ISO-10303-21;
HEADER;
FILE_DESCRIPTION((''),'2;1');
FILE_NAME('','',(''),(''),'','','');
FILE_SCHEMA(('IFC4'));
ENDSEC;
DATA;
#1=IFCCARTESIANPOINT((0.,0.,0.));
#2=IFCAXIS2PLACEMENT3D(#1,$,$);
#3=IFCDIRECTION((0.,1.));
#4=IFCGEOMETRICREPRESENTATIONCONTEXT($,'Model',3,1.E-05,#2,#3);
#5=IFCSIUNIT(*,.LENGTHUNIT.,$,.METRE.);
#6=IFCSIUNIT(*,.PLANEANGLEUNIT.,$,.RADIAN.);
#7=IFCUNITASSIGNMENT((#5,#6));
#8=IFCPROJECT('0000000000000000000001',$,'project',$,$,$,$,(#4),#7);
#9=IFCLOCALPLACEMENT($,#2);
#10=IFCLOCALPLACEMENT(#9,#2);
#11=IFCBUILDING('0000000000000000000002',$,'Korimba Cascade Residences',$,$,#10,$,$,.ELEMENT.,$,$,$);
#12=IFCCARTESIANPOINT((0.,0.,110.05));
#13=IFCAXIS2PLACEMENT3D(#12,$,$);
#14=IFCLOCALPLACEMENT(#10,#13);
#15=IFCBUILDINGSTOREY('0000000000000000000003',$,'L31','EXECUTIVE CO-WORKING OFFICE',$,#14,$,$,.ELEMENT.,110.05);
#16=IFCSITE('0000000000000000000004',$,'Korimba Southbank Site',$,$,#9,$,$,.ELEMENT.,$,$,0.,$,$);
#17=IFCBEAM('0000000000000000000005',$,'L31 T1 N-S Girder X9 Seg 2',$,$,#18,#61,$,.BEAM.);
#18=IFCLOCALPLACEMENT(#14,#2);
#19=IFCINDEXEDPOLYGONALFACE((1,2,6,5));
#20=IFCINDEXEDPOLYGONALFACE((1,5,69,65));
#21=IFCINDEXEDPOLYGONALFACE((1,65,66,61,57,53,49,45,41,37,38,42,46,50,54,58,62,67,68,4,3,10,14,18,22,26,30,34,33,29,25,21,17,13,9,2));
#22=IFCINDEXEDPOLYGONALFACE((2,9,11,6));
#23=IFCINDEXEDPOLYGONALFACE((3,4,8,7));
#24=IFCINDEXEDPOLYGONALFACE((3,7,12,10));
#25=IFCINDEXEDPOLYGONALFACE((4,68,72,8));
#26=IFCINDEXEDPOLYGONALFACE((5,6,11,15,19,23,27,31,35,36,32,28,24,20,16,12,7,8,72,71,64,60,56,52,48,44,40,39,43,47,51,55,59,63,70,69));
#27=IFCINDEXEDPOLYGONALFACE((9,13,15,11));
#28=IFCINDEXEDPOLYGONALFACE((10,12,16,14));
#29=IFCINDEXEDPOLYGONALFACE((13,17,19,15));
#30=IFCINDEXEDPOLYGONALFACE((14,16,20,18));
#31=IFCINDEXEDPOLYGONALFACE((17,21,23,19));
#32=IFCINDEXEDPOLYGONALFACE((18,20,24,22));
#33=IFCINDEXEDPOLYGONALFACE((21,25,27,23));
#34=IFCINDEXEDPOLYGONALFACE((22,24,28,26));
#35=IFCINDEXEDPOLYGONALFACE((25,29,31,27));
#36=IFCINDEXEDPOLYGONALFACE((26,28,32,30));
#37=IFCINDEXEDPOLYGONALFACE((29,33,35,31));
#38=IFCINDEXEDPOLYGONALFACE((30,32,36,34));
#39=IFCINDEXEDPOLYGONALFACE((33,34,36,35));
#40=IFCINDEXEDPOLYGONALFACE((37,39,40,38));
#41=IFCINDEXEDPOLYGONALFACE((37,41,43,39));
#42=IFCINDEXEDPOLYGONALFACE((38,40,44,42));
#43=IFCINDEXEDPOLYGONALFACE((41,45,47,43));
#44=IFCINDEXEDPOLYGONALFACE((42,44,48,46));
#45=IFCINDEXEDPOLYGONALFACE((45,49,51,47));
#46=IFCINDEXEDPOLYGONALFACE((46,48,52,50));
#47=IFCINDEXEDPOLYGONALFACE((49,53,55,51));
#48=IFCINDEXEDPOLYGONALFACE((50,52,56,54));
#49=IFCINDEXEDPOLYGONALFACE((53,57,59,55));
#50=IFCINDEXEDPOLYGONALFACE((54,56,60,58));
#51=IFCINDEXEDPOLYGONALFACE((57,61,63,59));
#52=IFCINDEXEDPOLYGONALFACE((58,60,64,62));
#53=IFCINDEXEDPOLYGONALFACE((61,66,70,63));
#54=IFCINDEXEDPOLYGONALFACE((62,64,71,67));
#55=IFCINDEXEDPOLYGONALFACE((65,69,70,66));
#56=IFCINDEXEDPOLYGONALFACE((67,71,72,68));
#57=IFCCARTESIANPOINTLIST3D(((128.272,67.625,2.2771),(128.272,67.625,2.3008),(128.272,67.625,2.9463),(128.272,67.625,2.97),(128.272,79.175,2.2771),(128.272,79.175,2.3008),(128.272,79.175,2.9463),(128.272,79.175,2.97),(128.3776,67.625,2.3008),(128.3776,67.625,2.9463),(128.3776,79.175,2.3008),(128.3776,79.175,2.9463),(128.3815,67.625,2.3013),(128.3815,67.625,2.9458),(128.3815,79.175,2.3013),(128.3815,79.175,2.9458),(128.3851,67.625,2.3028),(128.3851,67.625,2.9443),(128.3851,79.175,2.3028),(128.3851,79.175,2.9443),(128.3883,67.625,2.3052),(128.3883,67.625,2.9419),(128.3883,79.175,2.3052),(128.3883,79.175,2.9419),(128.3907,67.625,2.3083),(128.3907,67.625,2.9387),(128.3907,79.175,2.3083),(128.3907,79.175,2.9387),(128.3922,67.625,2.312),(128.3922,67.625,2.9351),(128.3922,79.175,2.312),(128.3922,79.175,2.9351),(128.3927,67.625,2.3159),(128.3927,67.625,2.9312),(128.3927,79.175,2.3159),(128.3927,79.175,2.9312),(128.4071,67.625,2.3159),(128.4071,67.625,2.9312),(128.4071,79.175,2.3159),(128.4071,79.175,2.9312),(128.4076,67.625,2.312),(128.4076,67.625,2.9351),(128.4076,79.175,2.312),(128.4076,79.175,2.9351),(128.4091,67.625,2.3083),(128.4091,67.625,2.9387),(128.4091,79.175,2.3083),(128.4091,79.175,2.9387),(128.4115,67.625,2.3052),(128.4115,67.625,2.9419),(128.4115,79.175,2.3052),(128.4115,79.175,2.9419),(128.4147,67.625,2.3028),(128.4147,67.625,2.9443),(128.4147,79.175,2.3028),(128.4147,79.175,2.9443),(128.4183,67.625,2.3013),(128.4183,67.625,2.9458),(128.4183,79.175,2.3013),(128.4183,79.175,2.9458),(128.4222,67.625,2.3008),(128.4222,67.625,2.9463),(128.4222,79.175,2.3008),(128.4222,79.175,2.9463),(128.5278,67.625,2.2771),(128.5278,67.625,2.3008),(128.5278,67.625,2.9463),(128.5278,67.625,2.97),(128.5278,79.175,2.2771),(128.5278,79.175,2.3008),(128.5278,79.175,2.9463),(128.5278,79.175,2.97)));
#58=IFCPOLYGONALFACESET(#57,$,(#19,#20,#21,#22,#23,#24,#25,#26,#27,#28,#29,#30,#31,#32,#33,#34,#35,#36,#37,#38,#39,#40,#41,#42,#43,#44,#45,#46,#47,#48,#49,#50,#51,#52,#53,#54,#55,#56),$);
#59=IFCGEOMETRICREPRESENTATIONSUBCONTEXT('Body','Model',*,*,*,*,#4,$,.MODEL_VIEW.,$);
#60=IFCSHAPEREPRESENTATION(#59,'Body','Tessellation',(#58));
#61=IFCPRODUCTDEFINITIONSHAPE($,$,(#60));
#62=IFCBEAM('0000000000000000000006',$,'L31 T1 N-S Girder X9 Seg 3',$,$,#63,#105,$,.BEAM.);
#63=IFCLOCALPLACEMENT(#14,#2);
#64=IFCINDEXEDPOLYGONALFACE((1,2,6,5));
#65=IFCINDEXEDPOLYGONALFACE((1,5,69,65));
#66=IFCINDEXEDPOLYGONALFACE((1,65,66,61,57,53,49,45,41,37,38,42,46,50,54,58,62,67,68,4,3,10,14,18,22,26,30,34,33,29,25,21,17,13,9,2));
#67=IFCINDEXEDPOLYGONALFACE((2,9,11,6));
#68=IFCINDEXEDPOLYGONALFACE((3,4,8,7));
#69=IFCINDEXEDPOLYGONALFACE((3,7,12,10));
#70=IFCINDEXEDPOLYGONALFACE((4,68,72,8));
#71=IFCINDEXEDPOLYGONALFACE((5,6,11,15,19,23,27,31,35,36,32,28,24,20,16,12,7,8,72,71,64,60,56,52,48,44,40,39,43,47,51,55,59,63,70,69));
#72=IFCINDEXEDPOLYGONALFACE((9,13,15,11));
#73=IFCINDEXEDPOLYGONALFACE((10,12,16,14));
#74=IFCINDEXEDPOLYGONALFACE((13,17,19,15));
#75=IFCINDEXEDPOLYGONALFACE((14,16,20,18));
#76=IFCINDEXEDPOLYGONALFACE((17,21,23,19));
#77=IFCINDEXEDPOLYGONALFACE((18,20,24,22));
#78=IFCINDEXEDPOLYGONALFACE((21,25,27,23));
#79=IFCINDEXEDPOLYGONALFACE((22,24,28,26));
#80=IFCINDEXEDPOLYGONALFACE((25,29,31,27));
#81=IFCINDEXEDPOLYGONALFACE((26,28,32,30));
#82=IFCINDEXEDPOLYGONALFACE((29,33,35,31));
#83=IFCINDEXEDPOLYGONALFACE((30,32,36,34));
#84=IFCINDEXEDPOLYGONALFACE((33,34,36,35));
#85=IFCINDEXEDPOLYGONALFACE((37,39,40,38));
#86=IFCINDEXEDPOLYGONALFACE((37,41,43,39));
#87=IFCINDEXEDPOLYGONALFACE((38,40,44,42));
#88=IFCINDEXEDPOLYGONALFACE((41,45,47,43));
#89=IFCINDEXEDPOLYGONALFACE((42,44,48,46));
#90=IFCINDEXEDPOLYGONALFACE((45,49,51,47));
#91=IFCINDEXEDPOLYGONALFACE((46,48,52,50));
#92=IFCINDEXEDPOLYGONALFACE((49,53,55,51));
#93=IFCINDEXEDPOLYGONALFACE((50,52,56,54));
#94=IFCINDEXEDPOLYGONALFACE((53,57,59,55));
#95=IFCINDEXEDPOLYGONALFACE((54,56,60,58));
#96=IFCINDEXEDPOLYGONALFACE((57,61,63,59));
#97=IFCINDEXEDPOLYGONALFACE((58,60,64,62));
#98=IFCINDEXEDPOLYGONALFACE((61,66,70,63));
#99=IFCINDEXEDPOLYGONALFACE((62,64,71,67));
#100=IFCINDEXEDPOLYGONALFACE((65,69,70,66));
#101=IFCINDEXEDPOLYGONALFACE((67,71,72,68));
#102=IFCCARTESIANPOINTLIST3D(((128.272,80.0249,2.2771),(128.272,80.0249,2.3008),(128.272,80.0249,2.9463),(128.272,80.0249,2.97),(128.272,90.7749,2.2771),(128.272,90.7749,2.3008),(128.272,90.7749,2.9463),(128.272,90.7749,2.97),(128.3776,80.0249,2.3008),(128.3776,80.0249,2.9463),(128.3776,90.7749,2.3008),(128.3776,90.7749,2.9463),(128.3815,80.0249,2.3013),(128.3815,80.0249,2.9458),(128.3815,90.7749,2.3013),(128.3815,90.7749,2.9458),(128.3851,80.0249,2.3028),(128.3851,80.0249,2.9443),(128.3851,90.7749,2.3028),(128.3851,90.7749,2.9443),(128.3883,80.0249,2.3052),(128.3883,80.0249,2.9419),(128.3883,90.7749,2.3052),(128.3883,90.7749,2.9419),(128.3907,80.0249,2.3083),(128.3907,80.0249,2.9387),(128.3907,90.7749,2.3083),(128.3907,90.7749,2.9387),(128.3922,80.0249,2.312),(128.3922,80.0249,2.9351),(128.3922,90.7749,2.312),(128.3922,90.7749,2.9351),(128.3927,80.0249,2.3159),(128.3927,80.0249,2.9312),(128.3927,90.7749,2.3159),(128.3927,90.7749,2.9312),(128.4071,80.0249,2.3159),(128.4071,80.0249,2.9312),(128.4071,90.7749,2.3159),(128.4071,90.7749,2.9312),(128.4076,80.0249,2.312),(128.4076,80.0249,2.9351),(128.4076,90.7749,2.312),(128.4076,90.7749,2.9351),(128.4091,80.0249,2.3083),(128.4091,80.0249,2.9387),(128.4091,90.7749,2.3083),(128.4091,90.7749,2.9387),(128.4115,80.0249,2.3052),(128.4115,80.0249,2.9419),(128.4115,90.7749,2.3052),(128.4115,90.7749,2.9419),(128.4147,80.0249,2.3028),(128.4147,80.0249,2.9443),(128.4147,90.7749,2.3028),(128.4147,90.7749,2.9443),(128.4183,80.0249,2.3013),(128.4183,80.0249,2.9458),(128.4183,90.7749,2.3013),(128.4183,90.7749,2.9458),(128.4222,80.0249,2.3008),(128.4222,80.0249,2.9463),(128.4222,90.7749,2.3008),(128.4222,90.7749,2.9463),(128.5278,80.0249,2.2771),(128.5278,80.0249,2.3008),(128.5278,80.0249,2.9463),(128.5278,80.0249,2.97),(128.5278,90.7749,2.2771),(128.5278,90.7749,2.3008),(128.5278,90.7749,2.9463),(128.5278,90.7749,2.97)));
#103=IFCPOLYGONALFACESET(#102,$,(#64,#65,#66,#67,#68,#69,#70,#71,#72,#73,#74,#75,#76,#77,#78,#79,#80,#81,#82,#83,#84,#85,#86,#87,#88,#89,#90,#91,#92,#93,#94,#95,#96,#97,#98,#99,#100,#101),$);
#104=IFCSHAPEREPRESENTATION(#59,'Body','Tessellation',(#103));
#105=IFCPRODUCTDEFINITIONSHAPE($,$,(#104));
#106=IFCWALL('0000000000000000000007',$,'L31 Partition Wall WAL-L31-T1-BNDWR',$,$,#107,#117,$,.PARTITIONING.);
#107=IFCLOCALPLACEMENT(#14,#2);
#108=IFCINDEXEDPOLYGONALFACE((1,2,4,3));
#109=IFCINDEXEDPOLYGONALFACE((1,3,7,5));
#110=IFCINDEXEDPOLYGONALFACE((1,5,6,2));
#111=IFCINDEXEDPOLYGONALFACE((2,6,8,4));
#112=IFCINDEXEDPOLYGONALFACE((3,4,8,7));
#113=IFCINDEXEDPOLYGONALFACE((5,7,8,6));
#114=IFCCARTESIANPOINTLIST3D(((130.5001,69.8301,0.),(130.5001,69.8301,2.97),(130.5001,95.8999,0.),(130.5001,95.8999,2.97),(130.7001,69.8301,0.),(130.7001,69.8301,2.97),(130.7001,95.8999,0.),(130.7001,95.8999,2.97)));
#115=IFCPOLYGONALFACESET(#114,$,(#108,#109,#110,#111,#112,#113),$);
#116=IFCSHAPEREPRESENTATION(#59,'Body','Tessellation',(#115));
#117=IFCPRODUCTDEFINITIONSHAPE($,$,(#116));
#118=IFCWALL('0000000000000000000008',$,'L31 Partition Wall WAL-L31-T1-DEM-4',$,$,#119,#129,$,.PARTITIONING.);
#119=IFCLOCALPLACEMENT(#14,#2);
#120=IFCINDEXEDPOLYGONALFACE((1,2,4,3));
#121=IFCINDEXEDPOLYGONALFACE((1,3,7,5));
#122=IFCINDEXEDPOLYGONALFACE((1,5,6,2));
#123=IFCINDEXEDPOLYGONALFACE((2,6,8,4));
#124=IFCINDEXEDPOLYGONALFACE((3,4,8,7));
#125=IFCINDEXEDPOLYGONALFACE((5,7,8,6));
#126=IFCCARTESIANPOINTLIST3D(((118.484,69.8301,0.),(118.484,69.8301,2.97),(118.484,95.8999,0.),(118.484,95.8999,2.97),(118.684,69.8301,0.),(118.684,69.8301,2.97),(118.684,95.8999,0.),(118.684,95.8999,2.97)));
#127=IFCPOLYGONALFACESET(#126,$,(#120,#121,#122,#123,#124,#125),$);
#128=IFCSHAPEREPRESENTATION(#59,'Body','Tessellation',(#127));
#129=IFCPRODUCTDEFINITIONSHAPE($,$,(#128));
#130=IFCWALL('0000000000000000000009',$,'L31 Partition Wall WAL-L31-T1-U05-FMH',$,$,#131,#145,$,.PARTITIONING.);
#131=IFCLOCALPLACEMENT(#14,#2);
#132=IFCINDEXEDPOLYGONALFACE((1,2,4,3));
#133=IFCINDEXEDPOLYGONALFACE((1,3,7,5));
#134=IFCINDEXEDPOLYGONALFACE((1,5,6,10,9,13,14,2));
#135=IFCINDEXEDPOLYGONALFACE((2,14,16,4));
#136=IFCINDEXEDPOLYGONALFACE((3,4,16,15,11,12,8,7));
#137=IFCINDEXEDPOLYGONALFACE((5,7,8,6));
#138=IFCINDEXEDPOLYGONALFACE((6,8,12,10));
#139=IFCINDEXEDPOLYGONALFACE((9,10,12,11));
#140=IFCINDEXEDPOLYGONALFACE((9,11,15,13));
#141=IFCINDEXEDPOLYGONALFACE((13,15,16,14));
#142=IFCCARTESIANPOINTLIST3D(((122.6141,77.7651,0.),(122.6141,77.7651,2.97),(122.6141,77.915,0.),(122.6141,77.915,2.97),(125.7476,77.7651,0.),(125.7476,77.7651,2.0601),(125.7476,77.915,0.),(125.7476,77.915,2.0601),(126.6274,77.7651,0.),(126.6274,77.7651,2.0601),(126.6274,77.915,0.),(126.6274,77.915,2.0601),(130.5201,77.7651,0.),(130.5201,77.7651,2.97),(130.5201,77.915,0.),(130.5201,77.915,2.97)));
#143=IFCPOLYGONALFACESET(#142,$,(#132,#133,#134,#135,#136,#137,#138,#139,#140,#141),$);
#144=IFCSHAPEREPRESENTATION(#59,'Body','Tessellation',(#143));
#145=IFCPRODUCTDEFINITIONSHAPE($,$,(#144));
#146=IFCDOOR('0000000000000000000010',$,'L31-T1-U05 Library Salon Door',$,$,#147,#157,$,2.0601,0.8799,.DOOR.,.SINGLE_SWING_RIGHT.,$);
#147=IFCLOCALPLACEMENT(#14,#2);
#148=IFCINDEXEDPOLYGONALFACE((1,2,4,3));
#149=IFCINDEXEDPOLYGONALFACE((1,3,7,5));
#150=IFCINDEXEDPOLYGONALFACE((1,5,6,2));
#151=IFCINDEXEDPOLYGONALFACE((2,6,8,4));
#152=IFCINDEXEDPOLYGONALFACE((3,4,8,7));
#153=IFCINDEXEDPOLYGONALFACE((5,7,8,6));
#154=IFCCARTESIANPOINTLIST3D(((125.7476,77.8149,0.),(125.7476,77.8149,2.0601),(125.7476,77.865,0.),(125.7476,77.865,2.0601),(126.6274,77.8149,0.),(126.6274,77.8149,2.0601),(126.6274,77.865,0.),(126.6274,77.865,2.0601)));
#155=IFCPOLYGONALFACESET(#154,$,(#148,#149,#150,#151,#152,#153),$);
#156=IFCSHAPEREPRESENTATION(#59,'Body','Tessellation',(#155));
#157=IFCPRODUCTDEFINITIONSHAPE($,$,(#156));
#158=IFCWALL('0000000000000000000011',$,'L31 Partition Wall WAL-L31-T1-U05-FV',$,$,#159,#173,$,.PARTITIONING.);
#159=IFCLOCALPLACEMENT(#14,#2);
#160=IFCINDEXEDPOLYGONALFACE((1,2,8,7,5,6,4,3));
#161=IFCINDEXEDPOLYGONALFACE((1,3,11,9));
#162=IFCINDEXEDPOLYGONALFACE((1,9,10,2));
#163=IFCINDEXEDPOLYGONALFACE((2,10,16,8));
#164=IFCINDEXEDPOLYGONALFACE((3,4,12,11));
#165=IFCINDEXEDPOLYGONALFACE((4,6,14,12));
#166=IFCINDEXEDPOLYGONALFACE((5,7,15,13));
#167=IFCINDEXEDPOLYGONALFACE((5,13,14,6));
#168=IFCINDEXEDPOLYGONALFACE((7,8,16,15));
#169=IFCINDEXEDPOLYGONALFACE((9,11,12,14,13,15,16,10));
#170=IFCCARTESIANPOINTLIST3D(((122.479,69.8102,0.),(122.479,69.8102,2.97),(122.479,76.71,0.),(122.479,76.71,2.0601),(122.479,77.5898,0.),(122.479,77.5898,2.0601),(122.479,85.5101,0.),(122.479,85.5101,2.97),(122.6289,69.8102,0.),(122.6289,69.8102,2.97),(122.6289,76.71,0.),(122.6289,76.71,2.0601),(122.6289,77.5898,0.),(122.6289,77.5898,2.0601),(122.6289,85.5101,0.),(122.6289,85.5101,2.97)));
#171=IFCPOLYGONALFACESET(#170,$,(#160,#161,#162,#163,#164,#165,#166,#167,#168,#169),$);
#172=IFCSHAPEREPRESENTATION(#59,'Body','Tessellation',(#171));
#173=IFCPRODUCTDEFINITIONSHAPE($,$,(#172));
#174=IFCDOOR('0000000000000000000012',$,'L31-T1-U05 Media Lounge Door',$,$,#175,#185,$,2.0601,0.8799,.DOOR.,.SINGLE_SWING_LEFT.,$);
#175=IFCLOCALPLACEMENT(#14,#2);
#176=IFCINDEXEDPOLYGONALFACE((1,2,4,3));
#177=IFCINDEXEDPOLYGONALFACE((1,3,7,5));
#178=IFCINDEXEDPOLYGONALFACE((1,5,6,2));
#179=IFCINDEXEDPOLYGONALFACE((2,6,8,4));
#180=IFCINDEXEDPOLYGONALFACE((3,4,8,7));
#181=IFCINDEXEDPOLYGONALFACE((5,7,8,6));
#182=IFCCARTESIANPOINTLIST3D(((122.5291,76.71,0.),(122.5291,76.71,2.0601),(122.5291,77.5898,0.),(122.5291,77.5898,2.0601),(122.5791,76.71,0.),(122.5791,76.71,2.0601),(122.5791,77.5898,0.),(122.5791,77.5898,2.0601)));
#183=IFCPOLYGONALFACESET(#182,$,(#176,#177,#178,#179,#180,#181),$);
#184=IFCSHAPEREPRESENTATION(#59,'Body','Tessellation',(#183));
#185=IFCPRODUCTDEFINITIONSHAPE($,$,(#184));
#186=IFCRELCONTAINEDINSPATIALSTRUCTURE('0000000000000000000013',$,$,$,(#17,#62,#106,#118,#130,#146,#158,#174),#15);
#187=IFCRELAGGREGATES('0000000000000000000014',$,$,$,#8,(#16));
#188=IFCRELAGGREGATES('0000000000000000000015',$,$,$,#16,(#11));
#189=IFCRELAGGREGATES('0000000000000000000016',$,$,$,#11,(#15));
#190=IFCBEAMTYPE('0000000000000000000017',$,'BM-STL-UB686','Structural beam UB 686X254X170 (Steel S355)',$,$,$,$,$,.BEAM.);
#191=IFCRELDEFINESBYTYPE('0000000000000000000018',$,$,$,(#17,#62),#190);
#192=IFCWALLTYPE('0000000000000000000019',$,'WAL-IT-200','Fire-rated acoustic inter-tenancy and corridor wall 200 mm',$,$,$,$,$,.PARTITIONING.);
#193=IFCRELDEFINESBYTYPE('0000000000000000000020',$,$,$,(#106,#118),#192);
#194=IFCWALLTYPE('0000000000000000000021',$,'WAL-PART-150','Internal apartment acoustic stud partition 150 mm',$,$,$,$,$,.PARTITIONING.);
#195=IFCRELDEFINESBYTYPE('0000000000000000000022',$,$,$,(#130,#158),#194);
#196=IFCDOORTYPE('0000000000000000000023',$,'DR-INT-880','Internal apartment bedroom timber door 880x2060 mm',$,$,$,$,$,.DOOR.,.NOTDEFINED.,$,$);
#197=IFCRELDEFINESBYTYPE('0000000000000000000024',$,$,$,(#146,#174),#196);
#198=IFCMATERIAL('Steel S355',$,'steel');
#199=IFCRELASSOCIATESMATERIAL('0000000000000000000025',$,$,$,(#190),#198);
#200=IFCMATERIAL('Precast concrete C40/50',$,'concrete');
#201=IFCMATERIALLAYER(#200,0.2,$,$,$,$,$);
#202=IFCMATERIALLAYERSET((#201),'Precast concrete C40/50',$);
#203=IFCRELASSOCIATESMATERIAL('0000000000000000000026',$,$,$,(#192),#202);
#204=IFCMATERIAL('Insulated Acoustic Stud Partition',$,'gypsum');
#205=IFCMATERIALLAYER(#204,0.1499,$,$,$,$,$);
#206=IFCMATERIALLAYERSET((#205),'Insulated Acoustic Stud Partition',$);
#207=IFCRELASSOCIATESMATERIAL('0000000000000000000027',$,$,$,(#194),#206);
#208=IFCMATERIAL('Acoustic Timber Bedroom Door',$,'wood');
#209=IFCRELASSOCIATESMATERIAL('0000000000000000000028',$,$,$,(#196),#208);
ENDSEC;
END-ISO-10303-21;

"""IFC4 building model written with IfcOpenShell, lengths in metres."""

from ifc_helpers import new_model, si_unit, direction, frame, frame_2d, origin, origin_2d, place, context, subcontext, project, spatial, rectangle, i_section, extrude, material, layer, layer_set, material_profile, profile_set, type_object, element, fill, save


model = new_model("IFC4")

# Units and contexts
model_context = context("Model", 3, precision=1e-05, world=origin(), true_north=direction((0.0, 1.0)))
body_context = subcontext(model_context, "Body", "Model", "MODEL_VIEW")
ifc_project = project(units=[si_unit("LENGTHUNIT", "METRE"), si_unit("PLANEANGLEUNIT", "RADIAN")], contexts=[model_context])

# Site, building, storey
site_placement = place(None, origin())
site = spatial("IfcSite", under=ifc_project, at=site_placement, Name="Korimba Southbank Site", CompositionType="ELEMENT", RefElevation=0.0)
building_placement = place(site_placement, origin())
building = spatial("IfcBuilding", under=site, at=building_placement, Name="Korimba Cascade Residences", CompositionType="ELEMENT")
storey_placement = place(building_placement, frame((0.0, 0.0, 110.05)))
storey = spatial("IfcBuildingStorey", under=building, at=storey_placement, Name="L31", Description="EXECUTIVE CO-WORKING OFFICE", CompositionType="ELEMENT", Elevation=110.05)

# Beams
ifc_material_1 = material(Name="Steel S355", Category="steel")
ifc_material_profile_1 = material_profile(ifc_material_1, i_section(OverallWidth=0.2559, OverallDepth=0.6929, WebThickness=0.0144, FlangeThickness=0.0237, FilletRadius=0.0151, at=origin_2d()), Name="Steel S355")
ifc_profile_set_1 = profile_set([ifc_material_profile_1], Name="Steel S355")
beam_type_1 = type_object("IfcBeamType", Name="BM-STL-UB686", Description="Structural beam UB 686X254X170 (Steel S355)", PredefinedType="BEAM", material=ifc_profile_set_1)
beam_1_placement = place(storey_placement, frame((128.3999, 67.625, 2.6235), z_axis=(0.0, 1.0, 0.0), x_axis=(-1.0, 0.0, 0.0)))
element("IfcBeam", 1, at=beam_1_placement, inside=storey, type_object=beam_type_1, Name="L31 T1 N-S Girder X9 Seg 2", PredefinedType="BEAM", context=body_context, shape_type="SweptSolid", body=[
    extrude(i_section(OverallWidth=0.2559, OverallDepth=0.6929, WebThickness=0.0144, FlangeThickness=0.0237, FilletRadius=0.0151, at=origin_2d()), origin(), (0.0, 0.0, 1.0), 11.55),
])
beam_2_placement = place(storey_placement, frame((128.3999, 80.0249, 2.6235), z_axis=(0.0, 1.0, 0.0), x_axis=(-1.0, 0.0, 0.0)))
element("IfcBeam", 2, at=beam_2_placement, inside=storey, type_object=beam_type_1, Name="L31 T1 N-S Girder X9 Seg 3", PredefinedType="BEAM", context=body_context, shape_type="SweptSolid", body=[
    extrude(i_section(OverallWidth=0.2559, OverallDepth=0.6929, WebThickness=0.0144, FlangeThickness=0.0237, FilletRadius=0.0151, at=origin_2d()), origin(), (0.0, 0.0, 1.0), 10.75),
])

# Walls
ifc_material_2 = material(Name="Precast concrete C40/50", Category="concrete")
ifc_layer_1 = layer(ifc_material_2, 0.2)
ifc_layer_set_1 = layer_set([ifc_layer_1], Name="Precast concrete C40/50")
wall_type_1 = type_object("IfcWallType", Name="WAL-IT-200", Description="Fire-rated acoustic inter-tenancy and corridor wall 200 mm", PredefinedType="PARTITIONING", material=ifc_layer_set_1)
for number, where, z_axis, x_axis, name in (
    (3, (130.6001, 69.8301, 0.0), (0.0, 0.0, 1.0), (0.0, 1.0, 0.0), "L31 Partition Wall WAL-L31-T1-BNDWR"),
    (4, (118.584, 69.8301, 0.0), (0.0, 0.0, 1.0), (0.0, 1.0, 0.0), "L31 Partition Wall WAL-L31-T1-DEM-4"),
):
    element("IfcWall", number, at=place(storey_placement, frame(where, z_axis=z_axis, x_axis=x_axis)), inside=storey, type_object=wall_type_1, Name=name, PredefinedType="PARTITIONING", context=body_context, shape_type="SweptSolid", body=[
        extrude(rectangle(XDim=26.0698, YDim=0.2, at=frame_2d((13.0349, 0.0))), origin(), (0.0, 0.0, 1.0), 2.97),
    ])

# Walls, openings, doors
ifc_material_3 = material(Name="Insulated Acoustic Stud Partition", Category="gypsum")
ifc_layer_2 = layer(ifc_material_3, 0.1499)
ifc_layer_set_2 = layer_set([ifc_layer_2], Name="Insulated Acoustic Stud Partition")
wall_type_2 = type_object("IfcWallType", Name="WAL-PART-150", Description="Internal apartment acoustic stud partition 150 mm", PredefinedType="PARTITIONING", material=ifc_layer_set_2)
wall_1_placement = place(storey_placement, frame((122.614, 77.8401, 0.0), z_axis=(0.0, 0.0, 1.0), x_axis=(1.0, 0.0, 0.0)))
wall_1 = element("IfcWall", 5, at=wall_1_placement, inside=storey, type_object=wall_type_2, Name="L31 Partition Wall WAL-L31-T1-U05-FMH", PredefinedType="PARTITIONING", context=body_context, shape_type="SweptSolid", body=[
    extrude(rectangle(XDim=7.906, YDim=0.1499, at=frame_2d((3.9531, 0.0))), origin(), (0.0, 0.0, 1.0), 2.97),
])
opening_1_placement = place(wall_1_placement, frame((3.1335, 0.0, 0.0)))
opening_1 = element("IfcOpeningElement", 6, at=opening_1_placement, cuts=wall_1, PredefinedType="OPENING", context=body_context, shape_type="SweptSolid", body=[
    extrude(rectangle(XDim=0.8799, YDim=2.0601, at=frame_2d((0.4399, 1.03))), frame((0.0, 0.085, 0.0), z_axis=(0.0, -1.0, 0.0), x_axis=(1.0, 0.0, 0.0)), (0.0, 0.0, 1.0), 0.1699),
])
ifc_material_4 = material(Name="Acoustic Timber Bedroom Door", Category="wood")
door_type_1 = type_object("IfcDoorType", Name="DR-INT-880", Description="Internal apartment bedroom timber door 880x2060 mm", OperationType="NOTDEFINED", PredefinedType="DOOR", material=ifc_material_4)
door_1_placement = place(opening_1_placement, origin())
door_1 = element("IfcDoor", 7, at=door_1_placement, inside=storey, type_object=door_type_1, Name="L31-T1-U05 Library Salon Door", OperationType="SINGLE_SWING_RIGHT", OverallHeight=2.0601, OverallWidth=0.8799, PredefinedType="DOOR", context=body_context, shape_type="SweptSolid", body=[
    extrude(rectangle(XDim=0.8799, YDim=2.0601, at=frame_2d((0.4399, 1.03))), frame((0.0, 0.0249, 0.0), z_axis=(0.0, -1.0, 0.0), x_axis=(1.0, 0.0, 0.0)), (0.0, 0.0, 1.0), 0.05),
])
fill(opening_1, door_1)
wall_2_placement = place(storey_placement, frame((122.554, 69.8101, 0.0), z_axis=(0.0, 0.0, 1.0), x_axis=(0.0, 1.0, 0.0)))
wall_2 = element("IfcWall", 8, at=wall_2_placement, inside=storey, type_object=wall_type_2, Name="L31 Partition Wall WAL-L31-T1-U05-FV", PredefinedType="PARTITIONING", context=body_context, shape_type="SweptSolid", body=[
    extrude(rectangle(XDim=15.7, YDim=0.1499, at=frame_2d((7.8501, 0.0))), origin(), (0.0, 0.0, 1.0), 2.97),
])
opening_2_placement = place(wall_2_placement, frame((6.8999, 0.0, 0.0)))
opening_2 = element("IfcOpeningElement", 9, at=opening_2_placement, cuts=wall_2, PredefinedType="OPENING", context=body_context, shape_type="SweptSolid", body=[
    extrude(rectangle(XDim=0.8799, YDim=2.0601, at=frame_2d((0.4399, 1.03))), frame((0.0, 0.085, 0.0), z_axis=(0.0, -1.0, 0.0), x_axis=(1.0, 0.0, 0.0)), (0.0, 0.0, 1.0), 0.1699),
])
door_2_placement = place(opening_2_placement, origin())
door_2 = element("IfcDoor", 10, at=door_2_placement, inside=storey, type_object=door_type_1, Name="L31-T1-U05 Media Lounge Door", OperationType="SINGLE_SWING_LEFT", OverallHeight=2.0601, OverallWidth=0.8799, PredefinedType="DOOR", context=body_context, shape_type="SweptSolid", body=[
    extrude(rectangle(XDim=0.8799, YDim=2.0601, at=frame_2d((0.4399, 1.03))), frame((0.0, 0.0249, 0.0), z_axis=(0.0, -1.0, 0.0), x_axis=(1.0, 0.0, 0.0)), (0.0, 0.0, 1.0), 0.05),
])
fill(opening_2, door_2)

save(model, "model.ifc")
